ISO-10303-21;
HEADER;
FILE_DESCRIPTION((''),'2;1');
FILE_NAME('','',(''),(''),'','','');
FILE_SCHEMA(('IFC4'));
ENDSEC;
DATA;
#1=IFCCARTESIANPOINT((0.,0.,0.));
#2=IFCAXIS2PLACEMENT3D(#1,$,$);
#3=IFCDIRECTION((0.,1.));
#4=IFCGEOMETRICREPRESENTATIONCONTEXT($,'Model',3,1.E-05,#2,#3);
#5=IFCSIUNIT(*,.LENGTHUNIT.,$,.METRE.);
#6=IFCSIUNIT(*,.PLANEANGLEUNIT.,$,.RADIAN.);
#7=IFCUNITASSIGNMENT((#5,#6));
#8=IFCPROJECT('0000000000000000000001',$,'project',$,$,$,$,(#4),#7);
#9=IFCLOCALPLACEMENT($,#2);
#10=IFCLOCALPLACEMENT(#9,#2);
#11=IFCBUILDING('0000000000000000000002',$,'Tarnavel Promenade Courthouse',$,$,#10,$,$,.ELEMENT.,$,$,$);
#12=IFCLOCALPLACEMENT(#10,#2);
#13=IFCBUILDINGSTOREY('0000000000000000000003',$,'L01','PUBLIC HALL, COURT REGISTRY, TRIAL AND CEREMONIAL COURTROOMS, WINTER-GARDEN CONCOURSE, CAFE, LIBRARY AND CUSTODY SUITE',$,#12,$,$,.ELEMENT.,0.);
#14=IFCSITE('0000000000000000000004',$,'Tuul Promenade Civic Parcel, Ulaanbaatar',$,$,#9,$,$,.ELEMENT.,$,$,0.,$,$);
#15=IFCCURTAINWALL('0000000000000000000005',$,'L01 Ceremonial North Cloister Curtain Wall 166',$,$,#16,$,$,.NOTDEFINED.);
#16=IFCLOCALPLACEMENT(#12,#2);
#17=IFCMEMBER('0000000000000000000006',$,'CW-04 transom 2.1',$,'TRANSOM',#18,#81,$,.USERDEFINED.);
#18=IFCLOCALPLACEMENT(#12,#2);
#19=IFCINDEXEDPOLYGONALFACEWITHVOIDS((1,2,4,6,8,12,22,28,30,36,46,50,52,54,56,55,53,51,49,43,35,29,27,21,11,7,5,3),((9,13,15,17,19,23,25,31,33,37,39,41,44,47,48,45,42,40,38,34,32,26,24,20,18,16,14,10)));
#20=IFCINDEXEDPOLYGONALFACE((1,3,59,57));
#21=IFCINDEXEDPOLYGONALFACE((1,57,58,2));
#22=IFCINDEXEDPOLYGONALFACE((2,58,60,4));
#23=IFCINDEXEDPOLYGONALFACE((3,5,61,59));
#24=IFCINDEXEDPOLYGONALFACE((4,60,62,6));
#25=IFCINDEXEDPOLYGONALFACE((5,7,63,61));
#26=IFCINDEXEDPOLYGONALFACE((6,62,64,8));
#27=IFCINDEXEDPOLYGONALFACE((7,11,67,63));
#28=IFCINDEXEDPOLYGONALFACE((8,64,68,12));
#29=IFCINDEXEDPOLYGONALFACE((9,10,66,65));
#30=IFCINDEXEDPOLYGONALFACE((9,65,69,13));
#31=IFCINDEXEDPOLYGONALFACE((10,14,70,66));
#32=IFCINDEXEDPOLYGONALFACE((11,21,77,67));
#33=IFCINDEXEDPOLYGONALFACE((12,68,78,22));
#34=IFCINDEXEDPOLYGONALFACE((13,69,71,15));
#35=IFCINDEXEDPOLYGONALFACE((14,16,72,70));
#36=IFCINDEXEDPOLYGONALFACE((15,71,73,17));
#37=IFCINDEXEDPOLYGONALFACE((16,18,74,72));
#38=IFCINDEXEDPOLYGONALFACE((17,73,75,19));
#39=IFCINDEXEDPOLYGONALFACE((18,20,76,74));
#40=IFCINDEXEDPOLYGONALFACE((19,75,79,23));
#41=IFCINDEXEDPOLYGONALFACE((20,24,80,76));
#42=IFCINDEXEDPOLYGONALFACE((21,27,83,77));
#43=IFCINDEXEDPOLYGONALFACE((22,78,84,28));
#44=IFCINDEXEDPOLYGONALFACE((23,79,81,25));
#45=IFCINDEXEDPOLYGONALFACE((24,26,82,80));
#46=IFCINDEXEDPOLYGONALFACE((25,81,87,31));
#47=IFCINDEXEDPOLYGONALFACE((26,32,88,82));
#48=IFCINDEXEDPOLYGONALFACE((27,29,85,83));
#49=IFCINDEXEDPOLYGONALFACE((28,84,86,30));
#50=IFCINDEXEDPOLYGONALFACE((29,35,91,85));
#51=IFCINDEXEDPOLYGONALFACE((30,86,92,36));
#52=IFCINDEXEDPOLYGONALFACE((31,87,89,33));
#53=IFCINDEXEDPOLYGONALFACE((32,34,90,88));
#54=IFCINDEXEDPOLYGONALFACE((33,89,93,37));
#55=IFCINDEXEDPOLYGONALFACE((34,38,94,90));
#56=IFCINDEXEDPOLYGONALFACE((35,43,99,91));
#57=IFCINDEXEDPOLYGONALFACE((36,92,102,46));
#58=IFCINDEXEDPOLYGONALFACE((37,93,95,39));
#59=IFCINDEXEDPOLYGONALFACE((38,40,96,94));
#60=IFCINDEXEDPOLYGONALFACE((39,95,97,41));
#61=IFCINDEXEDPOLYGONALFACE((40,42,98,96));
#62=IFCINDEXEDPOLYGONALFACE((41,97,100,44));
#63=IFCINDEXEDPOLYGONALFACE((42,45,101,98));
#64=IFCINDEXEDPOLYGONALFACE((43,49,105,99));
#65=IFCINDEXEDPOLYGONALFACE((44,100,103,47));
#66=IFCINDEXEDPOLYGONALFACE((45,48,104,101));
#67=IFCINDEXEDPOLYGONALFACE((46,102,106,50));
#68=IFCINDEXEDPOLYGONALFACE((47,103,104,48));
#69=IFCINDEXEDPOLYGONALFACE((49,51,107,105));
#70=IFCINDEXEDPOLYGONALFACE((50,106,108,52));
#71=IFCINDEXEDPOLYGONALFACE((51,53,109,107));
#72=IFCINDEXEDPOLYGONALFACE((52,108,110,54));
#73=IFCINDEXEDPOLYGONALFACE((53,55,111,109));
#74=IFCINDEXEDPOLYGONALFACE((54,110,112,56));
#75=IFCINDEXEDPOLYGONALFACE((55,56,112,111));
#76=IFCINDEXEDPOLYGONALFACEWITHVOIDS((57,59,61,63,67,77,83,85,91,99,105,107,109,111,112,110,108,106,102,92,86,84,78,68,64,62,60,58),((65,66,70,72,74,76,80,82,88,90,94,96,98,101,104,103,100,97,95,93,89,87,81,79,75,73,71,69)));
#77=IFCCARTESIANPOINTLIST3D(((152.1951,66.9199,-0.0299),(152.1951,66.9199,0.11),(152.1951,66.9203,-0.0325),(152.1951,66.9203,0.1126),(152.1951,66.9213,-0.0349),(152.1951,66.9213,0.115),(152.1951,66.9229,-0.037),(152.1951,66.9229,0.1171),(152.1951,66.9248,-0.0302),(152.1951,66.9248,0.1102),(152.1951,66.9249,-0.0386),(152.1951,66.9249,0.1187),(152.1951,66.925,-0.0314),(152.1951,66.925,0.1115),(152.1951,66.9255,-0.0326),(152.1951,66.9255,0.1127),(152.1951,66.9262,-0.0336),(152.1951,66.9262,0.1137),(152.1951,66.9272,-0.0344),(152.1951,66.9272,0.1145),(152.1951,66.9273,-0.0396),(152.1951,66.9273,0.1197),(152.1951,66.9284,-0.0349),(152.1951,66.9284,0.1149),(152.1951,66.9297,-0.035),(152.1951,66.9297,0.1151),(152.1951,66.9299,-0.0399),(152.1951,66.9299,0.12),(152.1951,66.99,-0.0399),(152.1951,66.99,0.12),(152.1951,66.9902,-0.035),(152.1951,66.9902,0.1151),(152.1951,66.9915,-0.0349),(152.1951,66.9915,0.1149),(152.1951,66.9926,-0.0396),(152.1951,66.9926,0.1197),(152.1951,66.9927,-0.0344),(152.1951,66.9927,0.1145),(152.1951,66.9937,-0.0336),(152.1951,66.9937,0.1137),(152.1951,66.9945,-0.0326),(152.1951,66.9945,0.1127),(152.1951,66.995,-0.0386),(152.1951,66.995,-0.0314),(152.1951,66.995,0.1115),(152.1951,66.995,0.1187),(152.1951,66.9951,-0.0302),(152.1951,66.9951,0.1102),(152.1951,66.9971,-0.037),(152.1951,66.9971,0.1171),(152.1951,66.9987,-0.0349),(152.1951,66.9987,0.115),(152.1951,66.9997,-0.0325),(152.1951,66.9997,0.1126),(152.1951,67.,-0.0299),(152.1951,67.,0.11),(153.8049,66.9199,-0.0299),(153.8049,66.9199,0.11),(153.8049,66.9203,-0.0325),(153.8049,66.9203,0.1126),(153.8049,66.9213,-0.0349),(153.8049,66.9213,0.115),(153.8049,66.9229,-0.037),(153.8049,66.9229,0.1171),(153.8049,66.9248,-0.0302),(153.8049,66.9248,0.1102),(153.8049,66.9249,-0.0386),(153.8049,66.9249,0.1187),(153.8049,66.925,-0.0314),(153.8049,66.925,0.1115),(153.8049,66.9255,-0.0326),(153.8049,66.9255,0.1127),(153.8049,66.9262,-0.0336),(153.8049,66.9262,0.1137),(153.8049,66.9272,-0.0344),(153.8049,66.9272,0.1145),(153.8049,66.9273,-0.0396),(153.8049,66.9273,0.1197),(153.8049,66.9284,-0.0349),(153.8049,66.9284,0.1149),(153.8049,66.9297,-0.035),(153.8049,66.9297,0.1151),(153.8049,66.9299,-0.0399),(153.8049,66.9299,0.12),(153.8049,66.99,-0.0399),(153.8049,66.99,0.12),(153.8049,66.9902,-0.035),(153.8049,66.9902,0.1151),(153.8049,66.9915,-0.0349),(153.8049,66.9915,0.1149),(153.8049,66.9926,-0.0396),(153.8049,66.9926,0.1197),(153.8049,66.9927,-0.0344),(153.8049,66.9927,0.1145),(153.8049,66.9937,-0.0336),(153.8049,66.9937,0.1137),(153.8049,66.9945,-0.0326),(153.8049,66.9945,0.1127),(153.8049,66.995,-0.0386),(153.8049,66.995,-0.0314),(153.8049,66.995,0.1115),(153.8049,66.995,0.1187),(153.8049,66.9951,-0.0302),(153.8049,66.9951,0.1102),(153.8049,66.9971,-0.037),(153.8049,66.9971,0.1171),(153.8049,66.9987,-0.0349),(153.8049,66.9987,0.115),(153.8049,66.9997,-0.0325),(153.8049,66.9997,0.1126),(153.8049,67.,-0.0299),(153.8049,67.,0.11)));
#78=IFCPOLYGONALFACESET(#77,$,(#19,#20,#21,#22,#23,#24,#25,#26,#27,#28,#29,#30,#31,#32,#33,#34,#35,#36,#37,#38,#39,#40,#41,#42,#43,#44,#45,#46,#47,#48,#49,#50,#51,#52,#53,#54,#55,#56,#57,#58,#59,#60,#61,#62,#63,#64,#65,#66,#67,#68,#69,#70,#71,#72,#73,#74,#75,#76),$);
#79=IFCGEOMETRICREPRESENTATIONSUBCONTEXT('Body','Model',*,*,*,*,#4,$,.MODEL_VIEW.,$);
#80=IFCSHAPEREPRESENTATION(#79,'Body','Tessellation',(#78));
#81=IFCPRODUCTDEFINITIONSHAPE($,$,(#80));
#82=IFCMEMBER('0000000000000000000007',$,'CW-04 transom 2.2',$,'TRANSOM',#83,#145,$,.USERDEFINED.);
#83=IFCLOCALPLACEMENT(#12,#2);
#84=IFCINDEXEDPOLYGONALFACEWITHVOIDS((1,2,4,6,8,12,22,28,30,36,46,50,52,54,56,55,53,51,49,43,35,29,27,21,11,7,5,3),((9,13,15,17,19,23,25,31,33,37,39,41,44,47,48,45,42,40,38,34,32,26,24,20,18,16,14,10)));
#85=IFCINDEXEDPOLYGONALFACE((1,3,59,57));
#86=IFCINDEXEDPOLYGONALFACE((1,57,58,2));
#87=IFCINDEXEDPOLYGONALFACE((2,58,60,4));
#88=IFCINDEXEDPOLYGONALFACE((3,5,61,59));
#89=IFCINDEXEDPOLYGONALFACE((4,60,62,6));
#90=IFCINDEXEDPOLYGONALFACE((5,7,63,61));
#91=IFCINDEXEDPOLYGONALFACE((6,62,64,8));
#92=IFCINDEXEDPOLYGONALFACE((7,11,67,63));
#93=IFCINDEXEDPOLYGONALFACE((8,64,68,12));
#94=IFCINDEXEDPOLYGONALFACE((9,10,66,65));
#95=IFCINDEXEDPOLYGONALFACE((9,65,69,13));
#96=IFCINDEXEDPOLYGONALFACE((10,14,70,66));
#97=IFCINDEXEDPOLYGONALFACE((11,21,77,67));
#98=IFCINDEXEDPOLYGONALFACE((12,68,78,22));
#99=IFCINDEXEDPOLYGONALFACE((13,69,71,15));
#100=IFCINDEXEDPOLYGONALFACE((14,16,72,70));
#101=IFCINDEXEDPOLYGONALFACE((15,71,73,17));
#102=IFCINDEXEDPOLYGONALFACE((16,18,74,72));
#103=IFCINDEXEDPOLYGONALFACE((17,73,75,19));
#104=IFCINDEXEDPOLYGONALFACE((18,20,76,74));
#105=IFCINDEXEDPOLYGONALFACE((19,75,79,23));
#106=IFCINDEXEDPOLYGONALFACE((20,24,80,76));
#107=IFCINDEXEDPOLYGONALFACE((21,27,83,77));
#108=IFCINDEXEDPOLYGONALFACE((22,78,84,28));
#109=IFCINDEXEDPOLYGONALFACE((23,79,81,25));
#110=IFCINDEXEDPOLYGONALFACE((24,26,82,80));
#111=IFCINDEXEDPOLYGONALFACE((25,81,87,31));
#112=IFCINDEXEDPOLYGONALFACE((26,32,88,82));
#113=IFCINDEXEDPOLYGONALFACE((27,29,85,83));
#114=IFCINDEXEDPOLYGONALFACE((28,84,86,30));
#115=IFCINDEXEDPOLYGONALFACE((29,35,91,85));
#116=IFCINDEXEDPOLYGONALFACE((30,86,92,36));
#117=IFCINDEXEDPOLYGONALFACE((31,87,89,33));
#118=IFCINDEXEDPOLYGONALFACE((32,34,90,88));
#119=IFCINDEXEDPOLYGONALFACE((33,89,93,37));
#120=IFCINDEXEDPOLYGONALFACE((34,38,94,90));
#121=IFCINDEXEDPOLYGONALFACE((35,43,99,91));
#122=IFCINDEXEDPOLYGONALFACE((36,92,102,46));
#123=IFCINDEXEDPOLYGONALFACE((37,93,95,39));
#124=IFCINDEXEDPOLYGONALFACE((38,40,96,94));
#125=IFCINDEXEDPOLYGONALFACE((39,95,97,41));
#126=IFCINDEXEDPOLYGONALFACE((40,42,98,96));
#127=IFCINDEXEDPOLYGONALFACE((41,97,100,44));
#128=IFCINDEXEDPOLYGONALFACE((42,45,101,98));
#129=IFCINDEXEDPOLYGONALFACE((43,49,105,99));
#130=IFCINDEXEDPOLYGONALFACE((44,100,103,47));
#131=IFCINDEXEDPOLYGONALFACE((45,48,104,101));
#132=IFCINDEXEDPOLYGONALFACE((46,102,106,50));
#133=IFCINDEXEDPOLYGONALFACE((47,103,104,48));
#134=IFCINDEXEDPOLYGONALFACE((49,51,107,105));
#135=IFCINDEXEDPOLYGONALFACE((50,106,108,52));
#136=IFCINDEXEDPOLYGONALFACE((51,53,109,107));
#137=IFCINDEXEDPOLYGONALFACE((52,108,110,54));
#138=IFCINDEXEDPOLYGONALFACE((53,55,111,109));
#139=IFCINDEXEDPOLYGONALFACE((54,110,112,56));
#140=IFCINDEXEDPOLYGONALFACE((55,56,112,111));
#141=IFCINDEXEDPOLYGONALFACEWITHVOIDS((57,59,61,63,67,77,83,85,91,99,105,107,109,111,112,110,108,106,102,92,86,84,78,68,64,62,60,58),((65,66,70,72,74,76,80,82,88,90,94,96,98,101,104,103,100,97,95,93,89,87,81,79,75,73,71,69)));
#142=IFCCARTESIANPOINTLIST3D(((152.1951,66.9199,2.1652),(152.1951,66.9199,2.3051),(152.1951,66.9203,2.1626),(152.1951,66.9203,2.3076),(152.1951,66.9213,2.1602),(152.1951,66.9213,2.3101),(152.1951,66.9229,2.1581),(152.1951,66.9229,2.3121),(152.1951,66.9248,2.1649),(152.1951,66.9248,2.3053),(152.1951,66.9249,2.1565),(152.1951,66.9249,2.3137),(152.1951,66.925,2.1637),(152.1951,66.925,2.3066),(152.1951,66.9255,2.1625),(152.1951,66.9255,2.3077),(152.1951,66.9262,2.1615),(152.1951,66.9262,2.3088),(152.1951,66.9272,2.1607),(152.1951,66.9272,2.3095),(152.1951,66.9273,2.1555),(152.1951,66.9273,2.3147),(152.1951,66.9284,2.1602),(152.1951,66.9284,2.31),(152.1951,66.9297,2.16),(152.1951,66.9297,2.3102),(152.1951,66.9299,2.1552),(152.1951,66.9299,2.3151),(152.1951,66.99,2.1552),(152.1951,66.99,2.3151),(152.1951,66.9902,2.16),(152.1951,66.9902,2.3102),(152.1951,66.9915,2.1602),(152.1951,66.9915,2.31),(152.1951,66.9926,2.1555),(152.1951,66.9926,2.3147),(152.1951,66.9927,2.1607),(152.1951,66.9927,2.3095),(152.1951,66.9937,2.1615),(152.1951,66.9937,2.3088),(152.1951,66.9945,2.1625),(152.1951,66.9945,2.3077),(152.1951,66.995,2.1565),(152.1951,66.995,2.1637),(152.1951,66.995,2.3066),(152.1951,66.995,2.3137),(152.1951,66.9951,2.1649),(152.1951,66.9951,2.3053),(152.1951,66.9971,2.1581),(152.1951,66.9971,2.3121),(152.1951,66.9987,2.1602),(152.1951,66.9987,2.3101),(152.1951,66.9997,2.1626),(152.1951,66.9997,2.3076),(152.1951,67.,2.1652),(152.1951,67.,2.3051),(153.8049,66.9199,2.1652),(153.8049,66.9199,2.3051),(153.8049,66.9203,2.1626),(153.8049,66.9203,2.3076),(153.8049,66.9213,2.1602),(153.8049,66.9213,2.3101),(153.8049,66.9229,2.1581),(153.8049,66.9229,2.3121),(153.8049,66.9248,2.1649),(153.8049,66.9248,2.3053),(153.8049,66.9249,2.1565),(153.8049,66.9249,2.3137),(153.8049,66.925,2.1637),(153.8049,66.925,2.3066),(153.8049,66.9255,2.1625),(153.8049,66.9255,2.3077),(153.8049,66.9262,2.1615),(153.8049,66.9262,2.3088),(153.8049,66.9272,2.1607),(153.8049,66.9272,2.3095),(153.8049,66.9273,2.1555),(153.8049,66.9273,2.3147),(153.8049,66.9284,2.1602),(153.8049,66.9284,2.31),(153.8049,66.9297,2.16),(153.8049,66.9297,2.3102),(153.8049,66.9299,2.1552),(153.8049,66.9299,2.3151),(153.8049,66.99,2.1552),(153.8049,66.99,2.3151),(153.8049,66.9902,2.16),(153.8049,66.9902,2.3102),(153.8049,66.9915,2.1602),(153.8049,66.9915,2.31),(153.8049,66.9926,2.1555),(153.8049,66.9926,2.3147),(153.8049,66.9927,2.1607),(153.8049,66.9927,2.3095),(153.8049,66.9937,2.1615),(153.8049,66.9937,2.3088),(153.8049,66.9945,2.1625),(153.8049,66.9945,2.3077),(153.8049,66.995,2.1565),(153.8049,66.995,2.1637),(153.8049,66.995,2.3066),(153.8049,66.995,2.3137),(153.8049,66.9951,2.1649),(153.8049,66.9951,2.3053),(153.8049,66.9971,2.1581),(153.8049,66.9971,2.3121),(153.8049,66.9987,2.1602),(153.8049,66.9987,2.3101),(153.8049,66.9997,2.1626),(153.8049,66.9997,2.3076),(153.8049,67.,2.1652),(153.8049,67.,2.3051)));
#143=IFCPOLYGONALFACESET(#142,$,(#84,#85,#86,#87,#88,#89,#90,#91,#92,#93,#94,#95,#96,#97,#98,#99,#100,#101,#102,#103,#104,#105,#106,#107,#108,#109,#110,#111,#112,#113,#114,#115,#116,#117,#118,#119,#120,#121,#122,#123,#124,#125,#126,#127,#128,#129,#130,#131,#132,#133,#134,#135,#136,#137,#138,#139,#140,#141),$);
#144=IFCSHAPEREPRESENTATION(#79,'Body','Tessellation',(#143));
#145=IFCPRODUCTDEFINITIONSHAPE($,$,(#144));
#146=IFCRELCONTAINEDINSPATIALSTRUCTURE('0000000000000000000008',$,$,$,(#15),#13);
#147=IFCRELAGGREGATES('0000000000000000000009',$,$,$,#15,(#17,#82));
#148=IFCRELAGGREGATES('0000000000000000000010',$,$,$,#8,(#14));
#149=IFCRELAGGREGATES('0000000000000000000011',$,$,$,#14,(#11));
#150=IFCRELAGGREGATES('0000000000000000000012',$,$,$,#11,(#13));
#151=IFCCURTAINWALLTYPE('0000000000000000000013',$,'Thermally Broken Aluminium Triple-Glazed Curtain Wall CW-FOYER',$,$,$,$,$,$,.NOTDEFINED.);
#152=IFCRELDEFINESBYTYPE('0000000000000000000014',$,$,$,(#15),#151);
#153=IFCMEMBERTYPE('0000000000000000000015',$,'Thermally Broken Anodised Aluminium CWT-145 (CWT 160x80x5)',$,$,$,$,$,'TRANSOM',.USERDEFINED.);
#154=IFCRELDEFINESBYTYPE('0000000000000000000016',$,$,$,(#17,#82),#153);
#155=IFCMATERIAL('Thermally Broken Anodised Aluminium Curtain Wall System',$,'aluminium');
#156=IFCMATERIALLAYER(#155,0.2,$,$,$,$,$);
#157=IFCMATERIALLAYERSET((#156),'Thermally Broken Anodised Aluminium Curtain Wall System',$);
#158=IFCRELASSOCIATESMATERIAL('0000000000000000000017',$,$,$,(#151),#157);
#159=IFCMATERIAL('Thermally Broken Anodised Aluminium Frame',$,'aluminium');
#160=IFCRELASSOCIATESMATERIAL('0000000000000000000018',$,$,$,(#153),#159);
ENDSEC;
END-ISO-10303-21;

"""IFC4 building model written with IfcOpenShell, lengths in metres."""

from ifc_helpers import new_model, si_unit, direction, frame, origin, origin_2d, place, context, subcontext, project, spatial, hollow_rectangle, extrude, material, layer, layer_set, material_profile, profile_set, type_object, element, aggregate, save


model = new_model("IFC4")

# Units and contexts
model_context = context("Model", 3, precision=1e-05, world=origin(), true_north=direction((0.0, 1.0)))
body_context = subcontext(model_context, "Body", "Model", "MODEL_VIEW")
ifc_project = project(units=[si_unit("LENGTHUNIT", "METRE"), si_unit("PLANEANGLEUNIT", "RADIAN")], contexts=[model_context])

# Site, building, storey
site_placement = place(None, origin())
site = spatial("IfcSite", under=ifc_project, at=site_placement, Name="Tuul Promenade Civic Parcel, Ulaanbaatar", CompositionType="ELEMENT", RefElevation=0.0)
building_placement = place(site_placement, origin())
building = spatial("IfcBuilding", under=site, at=building_placement, Name="Tarnavel Promenade Courthouse", CompositionType="ELEMENT")
storey_placement = place(building_placement, origin())
storey = spatial("IfcBuildingStorey", under=building, at=storey_placement, Name="L01", Description="PUBLIC HALL, COURT REGISTRY, TRIAL AND CEREMONIAL COURTROOMS, WINTER-GARDEN CONCOURSE, CAFE, LIBRARY AND CUSTODY SUITE", CompositionType="ELEMENT", Elevation=0.0)

# Shared definitions
ifc_material_1 = material(Name="Thermally Broken Anodised Aluminium Curtain Wall System", Category="aluminium")
ifc_layer_1 = layer(ifc_material_1, 0.2)
ifc_layer_set_1 = layer_set([ifc_layer_1], Name="Thermally Broken Anodised Aluminium Curtain Wall System")
curtain_wall_type = type_object("IfcCurtainWallType", Name="Thermally Broken Aluminium Triple-Glazed Curtain Wall CW-FOYER", PredefinedType="NOTDEFINED", material=ifc_layer_set_1)
ifc_material_2 = material(Name="Thermally Broken Anodised Aluminium Frame", Category="aluminium")

# Curtain wall
curtain_wall_1_placement = place(storey_placement, origin())
curtain_wall_1 = element("IfcCurtainWall", 1, at=curtain_wall_1_placement, inside=storey, type_object=curtain_wall_type, Name="L01 Ceremonial North Cloister Curtain Wall 166", PredefinedType="NOTDEFINED")

# Members
ifc_material_profile_1 = material_profile(ifc_material_2, hollow_rectangle(XDim=0.0801, YDim=0.1599, WallThickness=0.0049, InnerFilletRadius=0.0049, OuterFilletRadius=0.01, at=origin_2d()), Name="CWT 160x80x5")
ifc_profile_set_1 = profile_set([ifc_material_profile_1], Name="Thermally Broken Anodised Aluminium Frame")
member_type_1 = type_object("IfcMemberType", Name="Thermally Broken Anodised Aluminium CWT-145 (CWT 160x80x5)", ElementType="TRANSOM", PredefinedType="USERDEFINED", material=ifc_profile_set_1)
member_1_placement = place(storey_placement, frame((153.8049, 66.96, 0.04), z_axis=(-1.0, 0.0, 0.0), x_axis=(0.0, -1.0, 0.0)))
member_1 = element("IfcMember", 2, at=member_1_placement, type_object=member_type_1, Name="CW-04 transom 2.1", ObjectType="TRANSOM", PredefinedType="USERDEFINED", context=body_context, shape_type="SweptSolid", body=[
    extrude(hollow_rectangle(XDim=0.0801, YDim=0.1599, WallThickness=0.0049, InnerFilletRadius=0.0049, OuterFilletRadius=0.01, at=origin_2d()), origin(), (0.0, 0.0, 1.0), 1.6099),
])
member_2_placement = place(storey_placement, frame((153.8049, 66.96, 2.2351), z_axis=(-1.0, 0.0, 0.0), x_axis=(0.0, -1.0, 0.0)))
member_2 = element("IfcMember", 3, at=member_2_placement, type_object=member_type_1, Name="CW-04 transom 2.2", ObjectType="TRANSOM", PredefinedType="USERDEFINED", context=body_context, shape_type="SweptSolid", body=[
    extrude(hollow_rectangle(XDim=0.0801, YDim=0.1599, WallThickness=0.0049, InnerFilletRadius=0.0049, OuterFilletRadius=0.01, at=origin_2d()), origin(), (0.0, 0.0, 1.0), 1.6099),
])

aggregate(curtain_wall_1, [member_1, member_2])

save(model, "model.ifc")
